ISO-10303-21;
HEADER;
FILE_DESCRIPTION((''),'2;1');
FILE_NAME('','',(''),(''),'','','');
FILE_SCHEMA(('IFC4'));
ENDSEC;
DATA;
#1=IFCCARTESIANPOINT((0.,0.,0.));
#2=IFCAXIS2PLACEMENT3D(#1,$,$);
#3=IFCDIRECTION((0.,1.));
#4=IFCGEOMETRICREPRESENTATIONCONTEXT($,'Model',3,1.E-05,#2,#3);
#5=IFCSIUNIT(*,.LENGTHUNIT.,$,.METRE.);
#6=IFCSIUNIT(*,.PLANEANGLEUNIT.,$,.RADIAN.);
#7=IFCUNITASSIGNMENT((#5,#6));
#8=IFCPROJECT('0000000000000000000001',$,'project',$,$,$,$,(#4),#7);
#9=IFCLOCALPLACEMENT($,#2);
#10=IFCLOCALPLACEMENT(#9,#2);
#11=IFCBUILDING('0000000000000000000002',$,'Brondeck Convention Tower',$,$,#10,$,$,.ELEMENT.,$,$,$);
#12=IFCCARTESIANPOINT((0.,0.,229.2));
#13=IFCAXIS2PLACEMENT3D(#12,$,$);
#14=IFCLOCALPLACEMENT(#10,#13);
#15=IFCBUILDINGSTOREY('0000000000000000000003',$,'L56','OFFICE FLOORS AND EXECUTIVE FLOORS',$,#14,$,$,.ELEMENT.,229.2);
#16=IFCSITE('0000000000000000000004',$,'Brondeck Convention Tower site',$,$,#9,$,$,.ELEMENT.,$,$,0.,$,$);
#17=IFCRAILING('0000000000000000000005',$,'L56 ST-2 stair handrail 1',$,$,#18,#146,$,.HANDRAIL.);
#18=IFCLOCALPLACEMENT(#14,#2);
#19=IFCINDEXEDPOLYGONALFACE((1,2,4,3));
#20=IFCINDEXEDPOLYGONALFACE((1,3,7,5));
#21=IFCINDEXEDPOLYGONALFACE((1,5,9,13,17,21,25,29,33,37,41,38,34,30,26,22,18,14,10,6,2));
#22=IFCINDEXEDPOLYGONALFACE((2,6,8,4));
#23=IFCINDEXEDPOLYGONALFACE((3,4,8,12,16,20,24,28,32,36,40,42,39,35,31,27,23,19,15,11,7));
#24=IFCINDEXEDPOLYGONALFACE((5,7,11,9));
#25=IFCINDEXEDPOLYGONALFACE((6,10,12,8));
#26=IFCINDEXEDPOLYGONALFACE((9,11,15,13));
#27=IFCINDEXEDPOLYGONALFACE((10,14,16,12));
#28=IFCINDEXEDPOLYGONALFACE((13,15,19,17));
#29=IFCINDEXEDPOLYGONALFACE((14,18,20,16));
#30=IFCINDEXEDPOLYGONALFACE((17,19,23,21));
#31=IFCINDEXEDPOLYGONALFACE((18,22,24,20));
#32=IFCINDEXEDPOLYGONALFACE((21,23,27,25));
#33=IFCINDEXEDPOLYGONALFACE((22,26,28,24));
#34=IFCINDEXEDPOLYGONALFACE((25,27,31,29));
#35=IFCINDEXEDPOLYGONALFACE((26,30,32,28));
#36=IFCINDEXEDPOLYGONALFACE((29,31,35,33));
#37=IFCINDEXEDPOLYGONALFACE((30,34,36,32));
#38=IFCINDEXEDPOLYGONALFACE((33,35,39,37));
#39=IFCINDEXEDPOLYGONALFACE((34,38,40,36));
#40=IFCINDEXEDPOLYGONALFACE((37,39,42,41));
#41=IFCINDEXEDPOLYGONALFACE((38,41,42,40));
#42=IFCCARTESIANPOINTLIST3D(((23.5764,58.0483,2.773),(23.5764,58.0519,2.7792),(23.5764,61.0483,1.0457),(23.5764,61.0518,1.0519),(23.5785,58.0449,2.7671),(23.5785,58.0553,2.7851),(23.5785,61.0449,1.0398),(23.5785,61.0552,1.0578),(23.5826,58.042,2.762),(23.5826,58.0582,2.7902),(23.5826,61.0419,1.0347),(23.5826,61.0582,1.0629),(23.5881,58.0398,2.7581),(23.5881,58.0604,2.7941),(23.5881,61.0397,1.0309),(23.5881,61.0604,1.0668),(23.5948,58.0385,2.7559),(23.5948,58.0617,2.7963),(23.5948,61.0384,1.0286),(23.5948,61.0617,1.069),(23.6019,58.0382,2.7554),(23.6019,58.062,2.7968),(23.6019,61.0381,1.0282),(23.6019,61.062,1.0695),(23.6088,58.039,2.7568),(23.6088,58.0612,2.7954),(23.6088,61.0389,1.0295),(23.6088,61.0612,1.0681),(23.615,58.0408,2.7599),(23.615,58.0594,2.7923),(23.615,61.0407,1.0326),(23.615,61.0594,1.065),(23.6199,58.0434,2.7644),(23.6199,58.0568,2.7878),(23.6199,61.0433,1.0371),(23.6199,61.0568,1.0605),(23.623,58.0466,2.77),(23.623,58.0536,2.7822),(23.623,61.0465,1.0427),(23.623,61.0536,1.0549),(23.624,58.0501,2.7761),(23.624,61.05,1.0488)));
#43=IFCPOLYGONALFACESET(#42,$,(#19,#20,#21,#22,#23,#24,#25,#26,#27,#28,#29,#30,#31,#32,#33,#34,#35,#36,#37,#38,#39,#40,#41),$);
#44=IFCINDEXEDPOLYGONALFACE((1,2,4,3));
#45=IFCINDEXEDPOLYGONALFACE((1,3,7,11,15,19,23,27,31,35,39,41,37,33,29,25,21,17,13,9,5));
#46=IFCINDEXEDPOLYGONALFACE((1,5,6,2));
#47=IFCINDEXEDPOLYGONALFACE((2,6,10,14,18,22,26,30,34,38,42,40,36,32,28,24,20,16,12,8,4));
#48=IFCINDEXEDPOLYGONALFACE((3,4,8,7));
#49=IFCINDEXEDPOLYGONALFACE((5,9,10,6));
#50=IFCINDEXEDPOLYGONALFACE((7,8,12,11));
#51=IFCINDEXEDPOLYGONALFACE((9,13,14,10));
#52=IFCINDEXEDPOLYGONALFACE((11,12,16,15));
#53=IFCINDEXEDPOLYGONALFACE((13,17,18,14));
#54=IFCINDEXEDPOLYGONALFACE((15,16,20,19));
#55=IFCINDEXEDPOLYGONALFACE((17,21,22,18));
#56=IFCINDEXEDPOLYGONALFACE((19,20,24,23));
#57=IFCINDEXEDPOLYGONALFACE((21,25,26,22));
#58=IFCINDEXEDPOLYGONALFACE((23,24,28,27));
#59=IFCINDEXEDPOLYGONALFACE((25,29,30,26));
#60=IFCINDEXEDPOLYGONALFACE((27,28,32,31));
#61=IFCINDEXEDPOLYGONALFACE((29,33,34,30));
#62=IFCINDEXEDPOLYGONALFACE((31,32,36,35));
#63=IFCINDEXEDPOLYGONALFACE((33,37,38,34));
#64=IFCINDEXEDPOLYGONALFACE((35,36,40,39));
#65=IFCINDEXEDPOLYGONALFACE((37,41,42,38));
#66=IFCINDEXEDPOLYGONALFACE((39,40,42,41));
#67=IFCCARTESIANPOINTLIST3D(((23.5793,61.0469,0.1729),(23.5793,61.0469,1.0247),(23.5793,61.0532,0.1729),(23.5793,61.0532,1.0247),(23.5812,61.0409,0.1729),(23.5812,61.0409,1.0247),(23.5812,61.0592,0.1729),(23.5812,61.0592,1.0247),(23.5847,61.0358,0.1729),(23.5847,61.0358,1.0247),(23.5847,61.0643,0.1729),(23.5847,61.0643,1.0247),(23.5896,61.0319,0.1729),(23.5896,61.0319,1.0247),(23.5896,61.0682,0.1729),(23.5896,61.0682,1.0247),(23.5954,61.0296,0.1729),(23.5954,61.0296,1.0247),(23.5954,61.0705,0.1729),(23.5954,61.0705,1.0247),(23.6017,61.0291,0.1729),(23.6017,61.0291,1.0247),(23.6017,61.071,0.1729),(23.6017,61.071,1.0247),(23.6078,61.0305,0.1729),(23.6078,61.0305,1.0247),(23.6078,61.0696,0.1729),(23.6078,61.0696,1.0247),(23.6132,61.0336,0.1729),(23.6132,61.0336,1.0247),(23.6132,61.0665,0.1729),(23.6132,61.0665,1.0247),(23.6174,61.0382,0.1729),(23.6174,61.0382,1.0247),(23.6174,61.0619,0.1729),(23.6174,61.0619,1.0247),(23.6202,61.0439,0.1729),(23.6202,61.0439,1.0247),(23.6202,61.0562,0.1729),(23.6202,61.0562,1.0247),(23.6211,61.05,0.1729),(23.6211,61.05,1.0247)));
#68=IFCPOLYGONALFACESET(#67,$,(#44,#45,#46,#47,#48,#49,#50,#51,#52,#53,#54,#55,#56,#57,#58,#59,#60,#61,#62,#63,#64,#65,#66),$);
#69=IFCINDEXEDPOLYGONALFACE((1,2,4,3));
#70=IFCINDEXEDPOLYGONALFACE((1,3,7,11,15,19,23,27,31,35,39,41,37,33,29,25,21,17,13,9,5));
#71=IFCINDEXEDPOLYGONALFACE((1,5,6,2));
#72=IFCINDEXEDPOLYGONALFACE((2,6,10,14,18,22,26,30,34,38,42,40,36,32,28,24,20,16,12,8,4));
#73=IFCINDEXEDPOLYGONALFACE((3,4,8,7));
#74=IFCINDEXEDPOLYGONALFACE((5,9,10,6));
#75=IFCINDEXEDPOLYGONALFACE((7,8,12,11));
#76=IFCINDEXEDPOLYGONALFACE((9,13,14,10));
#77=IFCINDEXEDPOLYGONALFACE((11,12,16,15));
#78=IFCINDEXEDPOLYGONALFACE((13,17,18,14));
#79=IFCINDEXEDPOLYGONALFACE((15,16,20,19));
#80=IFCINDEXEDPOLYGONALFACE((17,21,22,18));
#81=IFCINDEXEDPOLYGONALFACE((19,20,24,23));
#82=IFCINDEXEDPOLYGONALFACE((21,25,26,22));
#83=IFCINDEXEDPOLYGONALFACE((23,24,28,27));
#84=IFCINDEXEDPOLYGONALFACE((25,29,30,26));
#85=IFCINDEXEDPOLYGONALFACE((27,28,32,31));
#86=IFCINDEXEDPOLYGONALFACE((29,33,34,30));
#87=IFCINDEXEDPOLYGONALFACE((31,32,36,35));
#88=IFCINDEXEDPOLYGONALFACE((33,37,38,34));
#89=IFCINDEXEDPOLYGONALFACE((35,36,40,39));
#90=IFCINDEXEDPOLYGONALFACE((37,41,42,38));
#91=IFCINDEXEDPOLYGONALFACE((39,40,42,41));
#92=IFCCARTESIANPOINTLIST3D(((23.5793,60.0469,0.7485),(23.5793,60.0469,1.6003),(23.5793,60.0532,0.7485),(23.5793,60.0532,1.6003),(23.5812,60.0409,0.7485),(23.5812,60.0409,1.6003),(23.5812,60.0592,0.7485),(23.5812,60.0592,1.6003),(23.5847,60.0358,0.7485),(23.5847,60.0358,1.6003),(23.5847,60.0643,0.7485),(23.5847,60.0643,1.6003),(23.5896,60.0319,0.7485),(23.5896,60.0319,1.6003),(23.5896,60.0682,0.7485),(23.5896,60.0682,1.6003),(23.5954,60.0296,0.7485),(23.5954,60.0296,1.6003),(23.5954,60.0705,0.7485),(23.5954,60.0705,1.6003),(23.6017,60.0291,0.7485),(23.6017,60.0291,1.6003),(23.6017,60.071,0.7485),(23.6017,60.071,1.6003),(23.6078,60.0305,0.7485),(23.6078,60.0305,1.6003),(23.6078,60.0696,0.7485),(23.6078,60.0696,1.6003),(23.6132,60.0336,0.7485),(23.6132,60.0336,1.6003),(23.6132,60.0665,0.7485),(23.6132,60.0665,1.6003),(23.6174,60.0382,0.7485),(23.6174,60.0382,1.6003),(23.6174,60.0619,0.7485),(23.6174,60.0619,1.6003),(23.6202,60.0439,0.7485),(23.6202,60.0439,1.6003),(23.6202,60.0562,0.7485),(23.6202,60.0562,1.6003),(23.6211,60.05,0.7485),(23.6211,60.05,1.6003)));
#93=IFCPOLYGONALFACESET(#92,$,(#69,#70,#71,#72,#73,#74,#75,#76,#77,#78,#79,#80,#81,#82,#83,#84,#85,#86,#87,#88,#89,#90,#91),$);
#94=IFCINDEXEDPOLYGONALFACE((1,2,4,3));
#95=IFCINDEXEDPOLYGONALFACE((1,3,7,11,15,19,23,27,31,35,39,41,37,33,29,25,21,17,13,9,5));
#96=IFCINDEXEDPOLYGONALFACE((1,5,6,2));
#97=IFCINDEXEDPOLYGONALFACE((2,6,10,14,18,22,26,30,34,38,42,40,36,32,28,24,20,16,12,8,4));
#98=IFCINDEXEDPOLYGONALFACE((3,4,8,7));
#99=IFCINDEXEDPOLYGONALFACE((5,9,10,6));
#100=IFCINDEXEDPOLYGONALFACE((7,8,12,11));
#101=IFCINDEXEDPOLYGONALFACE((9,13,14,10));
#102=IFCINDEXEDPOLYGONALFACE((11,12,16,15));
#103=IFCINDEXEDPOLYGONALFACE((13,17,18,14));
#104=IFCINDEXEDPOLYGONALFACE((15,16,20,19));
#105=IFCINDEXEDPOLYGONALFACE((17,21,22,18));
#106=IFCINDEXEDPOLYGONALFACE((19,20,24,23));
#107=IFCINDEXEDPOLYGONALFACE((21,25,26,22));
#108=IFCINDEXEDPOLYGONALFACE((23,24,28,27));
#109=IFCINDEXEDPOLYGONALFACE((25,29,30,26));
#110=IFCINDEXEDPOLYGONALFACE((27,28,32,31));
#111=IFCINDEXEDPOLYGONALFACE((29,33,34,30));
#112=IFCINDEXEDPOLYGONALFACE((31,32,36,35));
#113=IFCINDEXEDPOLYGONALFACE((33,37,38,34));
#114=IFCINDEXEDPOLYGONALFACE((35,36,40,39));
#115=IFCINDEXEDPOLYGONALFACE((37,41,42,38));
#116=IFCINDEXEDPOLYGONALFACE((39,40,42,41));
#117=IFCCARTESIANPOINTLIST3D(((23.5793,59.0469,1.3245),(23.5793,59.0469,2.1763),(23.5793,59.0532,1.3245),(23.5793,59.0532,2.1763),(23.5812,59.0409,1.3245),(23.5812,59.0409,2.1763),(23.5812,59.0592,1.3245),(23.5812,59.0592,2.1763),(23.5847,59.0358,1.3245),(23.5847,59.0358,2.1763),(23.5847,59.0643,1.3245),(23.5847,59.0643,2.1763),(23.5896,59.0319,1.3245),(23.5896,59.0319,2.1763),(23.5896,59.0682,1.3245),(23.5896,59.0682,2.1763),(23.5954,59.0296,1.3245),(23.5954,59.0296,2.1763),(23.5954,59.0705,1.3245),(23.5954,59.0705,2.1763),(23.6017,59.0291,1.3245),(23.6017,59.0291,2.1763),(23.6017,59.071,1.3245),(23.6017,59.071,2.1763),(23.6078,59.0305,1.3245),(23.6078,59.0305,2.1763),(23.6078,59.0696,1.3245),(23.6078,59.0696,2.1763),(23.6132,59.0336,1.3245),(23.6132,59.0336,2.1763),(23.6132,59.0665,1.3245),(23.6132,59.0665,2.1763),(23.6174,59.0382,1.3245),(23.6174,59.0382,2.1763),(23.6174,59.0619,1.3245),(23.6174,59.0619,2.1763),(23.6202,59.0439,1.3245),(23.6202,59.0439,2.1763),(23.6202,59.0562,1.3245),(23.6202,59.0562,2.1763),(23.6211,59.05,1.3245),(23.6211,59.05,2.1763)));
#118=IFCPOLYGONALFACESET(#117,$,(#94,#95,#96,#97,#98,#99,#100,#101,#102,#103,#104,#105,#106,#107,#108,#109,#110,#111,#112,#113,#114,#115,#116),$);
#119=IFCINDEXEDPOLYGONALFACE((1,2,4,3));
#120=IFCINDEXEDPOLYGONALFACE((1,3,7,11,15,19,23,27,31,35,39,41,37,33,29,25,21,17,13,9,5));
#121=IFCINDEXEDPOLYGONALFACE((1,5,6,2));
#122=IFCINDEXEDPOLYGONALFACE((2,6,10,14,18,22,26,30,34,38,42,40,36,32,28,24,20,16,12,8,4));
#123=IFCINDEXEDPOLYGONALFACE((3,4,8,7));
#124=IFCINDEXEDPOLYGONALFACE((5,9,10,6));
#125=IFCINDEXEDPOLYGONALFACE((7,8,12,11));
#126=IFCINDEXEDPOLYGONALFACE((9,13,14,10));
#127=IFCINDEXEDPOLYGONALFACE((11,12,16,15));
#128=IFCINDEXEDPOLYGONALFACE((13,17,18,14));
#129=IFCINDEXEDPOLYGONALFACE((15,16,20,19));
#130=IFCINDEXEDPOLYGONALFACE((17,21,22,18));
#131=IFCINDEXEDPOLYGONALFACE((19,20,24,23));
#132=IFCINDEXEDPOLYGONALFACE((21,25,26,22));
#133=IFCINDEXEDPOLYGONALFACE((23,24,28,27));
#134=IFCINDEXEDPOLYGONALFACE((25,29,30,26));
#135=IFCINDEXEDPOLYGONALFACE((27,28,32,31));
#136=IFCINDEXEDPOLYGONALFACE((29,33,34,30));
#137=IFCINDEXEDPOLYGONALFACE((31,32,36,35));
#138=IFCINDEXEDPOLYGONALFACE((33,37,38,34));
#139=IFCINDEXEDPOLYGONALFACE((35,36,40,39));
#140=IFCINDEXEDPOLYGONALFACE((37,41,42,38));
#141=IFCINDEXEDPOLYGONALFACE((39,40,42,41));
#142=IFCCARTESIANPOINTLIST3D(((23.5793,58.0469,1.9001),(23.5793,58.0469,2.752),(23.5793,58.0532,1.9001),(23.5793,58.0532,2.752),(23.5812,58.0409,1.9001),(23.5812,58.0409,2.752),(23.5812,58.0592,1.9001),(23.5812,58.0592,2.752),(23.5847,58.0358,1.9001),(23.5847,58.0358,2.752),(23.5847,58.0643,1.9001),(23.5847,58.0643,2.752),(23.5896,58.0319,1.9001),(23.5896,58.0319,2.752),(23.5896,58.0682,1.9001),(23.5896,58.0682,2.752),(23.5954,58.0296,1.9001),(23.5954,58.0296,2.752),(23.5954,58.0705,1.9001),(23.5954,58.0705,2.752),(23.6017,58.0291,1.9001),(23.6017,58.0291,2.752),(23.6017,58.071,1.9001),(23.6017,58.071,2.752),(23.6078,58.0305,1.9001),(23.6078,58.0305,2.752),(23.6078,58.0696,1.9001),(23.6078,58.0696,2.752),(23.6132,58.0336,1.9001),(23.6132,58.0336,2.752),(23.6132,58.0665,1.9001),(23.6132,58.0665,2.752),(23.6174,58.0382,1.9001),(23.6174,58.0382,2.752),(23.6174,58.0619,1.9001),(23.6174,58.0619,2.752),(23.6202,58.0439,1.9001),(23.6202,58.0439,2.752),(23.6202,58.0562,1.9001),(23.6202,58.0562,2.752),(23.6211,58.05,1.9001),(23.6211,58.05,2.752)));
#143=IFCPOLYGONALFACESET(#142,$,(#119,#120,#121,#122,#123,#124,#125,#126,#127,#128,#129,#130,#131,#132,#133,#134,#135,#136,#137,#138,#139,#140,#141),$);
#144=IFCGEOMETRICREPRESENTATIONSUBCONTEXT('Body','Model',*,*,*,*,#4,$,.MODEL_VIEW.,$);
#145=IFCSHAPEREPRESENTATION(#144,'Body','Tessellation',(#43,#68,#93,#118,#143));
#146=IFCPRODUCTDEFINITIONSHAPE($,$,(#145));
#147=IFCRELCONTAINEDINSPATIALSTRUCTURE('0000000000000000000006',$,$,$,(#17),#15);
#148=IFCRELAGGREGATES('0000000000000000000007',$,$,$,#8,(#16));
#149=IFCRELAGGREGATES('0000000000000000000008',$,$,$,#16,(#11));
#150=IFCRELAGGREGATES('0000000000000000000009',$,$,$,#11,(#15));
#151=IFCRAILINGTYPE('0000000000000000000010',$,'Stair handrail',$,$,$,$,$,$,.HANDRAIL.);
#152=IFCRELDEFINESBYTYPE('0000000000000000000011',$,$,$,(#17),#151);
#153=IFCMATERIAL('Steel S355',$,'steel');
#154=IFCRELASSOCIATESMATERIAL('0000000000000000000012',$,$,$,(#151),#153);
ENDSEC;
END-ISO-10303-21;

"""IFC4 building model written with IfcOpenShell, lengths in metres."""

from ifc_helpers import new_model, si_unit, direction, frame, origin, origin_2d, place, context, subcontext, project, spatial, circle, extrude, material, type_object, element, save


model = new_model("IFC4")

# Units and contexts
model_context = context("Model", 3, precision=1e-05, world=origin(), true_north=direction((0.0, 1.0)))
body_context = subcontext(model_context, "Body", "Model", "MODEL_VIEW")
ifc_project = project(units=[si_unit("LENGTHUNIT", "METRE"), si_unit("PLANEANGLEUNIT", "RADIAN")], contexts=[model_context])

# Site, building, storey
site_placement = place(None, origin())
site = spatial("IfcSite", under=ifc_project, at=site_placement, Name="Brondeck Convention Tower site", CompositionType="ELEMENT", RefElevation=0.0)
building_placement = place(site_placement, origin())
building = spatial("IfcBuilding", under=site, at=building_placement, Name="Brondeck Convention Tower", CompositionType="ELEMENT")
storey_placement = place(building_placement, frame((0.0, 0.0, 229.2)))
storey = spatial("IfcBuildingStorey", under=building, at=storey_placement, Name="L56", Description="OFFICE FLOORS AND EXECUTIVE FLOORS", CompositionType="ELEMENT", Elevation=229.2)

# Railing
ifc_material_1 = material(Name="Steel S355", Category="steel")
railing_type_1 = type_object("IfcRailingType", Name="Stair handrail", PredefinedType="HANDRAIL", material=ifc_material_1)
railing_1_placement = place(storey_placement, frame((23.6001, 61.05, 0.1729)))
element("IfcRailing", 1, at=railing_1_placement, inside=storey, type_object=railing_type_1, Name="L56 ST-2 stair handrail 1", PredefinedType="HANDRAIL", context=body_context, shape_type="SweptSolid", body=[
    extrude(circle(Radius=0.0239, at=origin_2d()), frame((0.0, 0.0, 0.876), z_axis=(0.0, -0.86662, 0.498969), x_axis=(1.0, 0.0, 0.0)), (0.0, 0.0, 1.0), 3.4617),
    extrude(circle(Radius=0.021, at=origin_2d()), origin(), (0.0, 0.0, 1.0), 0.8518),
    extrude(circle(Radius=0.021, at=origin_2d()), frame((0.0, -1.0, 0.5757)), (0.0, 0.0, 1.0), 0.8518),
    extrude(circle(Radius=0.021, at=origin_2d()), frame((0.0, -2.0, 1.1516)), (0.0, 0.0, 1.0), 0.8518),
    extrude(circle(Radius=0.021, at=origin_2d()), frame((0.0, -3.0, 1.7273)), (0.0, 0.0, 1.0), 0.8518),
])

save(model, "model.ifc")
